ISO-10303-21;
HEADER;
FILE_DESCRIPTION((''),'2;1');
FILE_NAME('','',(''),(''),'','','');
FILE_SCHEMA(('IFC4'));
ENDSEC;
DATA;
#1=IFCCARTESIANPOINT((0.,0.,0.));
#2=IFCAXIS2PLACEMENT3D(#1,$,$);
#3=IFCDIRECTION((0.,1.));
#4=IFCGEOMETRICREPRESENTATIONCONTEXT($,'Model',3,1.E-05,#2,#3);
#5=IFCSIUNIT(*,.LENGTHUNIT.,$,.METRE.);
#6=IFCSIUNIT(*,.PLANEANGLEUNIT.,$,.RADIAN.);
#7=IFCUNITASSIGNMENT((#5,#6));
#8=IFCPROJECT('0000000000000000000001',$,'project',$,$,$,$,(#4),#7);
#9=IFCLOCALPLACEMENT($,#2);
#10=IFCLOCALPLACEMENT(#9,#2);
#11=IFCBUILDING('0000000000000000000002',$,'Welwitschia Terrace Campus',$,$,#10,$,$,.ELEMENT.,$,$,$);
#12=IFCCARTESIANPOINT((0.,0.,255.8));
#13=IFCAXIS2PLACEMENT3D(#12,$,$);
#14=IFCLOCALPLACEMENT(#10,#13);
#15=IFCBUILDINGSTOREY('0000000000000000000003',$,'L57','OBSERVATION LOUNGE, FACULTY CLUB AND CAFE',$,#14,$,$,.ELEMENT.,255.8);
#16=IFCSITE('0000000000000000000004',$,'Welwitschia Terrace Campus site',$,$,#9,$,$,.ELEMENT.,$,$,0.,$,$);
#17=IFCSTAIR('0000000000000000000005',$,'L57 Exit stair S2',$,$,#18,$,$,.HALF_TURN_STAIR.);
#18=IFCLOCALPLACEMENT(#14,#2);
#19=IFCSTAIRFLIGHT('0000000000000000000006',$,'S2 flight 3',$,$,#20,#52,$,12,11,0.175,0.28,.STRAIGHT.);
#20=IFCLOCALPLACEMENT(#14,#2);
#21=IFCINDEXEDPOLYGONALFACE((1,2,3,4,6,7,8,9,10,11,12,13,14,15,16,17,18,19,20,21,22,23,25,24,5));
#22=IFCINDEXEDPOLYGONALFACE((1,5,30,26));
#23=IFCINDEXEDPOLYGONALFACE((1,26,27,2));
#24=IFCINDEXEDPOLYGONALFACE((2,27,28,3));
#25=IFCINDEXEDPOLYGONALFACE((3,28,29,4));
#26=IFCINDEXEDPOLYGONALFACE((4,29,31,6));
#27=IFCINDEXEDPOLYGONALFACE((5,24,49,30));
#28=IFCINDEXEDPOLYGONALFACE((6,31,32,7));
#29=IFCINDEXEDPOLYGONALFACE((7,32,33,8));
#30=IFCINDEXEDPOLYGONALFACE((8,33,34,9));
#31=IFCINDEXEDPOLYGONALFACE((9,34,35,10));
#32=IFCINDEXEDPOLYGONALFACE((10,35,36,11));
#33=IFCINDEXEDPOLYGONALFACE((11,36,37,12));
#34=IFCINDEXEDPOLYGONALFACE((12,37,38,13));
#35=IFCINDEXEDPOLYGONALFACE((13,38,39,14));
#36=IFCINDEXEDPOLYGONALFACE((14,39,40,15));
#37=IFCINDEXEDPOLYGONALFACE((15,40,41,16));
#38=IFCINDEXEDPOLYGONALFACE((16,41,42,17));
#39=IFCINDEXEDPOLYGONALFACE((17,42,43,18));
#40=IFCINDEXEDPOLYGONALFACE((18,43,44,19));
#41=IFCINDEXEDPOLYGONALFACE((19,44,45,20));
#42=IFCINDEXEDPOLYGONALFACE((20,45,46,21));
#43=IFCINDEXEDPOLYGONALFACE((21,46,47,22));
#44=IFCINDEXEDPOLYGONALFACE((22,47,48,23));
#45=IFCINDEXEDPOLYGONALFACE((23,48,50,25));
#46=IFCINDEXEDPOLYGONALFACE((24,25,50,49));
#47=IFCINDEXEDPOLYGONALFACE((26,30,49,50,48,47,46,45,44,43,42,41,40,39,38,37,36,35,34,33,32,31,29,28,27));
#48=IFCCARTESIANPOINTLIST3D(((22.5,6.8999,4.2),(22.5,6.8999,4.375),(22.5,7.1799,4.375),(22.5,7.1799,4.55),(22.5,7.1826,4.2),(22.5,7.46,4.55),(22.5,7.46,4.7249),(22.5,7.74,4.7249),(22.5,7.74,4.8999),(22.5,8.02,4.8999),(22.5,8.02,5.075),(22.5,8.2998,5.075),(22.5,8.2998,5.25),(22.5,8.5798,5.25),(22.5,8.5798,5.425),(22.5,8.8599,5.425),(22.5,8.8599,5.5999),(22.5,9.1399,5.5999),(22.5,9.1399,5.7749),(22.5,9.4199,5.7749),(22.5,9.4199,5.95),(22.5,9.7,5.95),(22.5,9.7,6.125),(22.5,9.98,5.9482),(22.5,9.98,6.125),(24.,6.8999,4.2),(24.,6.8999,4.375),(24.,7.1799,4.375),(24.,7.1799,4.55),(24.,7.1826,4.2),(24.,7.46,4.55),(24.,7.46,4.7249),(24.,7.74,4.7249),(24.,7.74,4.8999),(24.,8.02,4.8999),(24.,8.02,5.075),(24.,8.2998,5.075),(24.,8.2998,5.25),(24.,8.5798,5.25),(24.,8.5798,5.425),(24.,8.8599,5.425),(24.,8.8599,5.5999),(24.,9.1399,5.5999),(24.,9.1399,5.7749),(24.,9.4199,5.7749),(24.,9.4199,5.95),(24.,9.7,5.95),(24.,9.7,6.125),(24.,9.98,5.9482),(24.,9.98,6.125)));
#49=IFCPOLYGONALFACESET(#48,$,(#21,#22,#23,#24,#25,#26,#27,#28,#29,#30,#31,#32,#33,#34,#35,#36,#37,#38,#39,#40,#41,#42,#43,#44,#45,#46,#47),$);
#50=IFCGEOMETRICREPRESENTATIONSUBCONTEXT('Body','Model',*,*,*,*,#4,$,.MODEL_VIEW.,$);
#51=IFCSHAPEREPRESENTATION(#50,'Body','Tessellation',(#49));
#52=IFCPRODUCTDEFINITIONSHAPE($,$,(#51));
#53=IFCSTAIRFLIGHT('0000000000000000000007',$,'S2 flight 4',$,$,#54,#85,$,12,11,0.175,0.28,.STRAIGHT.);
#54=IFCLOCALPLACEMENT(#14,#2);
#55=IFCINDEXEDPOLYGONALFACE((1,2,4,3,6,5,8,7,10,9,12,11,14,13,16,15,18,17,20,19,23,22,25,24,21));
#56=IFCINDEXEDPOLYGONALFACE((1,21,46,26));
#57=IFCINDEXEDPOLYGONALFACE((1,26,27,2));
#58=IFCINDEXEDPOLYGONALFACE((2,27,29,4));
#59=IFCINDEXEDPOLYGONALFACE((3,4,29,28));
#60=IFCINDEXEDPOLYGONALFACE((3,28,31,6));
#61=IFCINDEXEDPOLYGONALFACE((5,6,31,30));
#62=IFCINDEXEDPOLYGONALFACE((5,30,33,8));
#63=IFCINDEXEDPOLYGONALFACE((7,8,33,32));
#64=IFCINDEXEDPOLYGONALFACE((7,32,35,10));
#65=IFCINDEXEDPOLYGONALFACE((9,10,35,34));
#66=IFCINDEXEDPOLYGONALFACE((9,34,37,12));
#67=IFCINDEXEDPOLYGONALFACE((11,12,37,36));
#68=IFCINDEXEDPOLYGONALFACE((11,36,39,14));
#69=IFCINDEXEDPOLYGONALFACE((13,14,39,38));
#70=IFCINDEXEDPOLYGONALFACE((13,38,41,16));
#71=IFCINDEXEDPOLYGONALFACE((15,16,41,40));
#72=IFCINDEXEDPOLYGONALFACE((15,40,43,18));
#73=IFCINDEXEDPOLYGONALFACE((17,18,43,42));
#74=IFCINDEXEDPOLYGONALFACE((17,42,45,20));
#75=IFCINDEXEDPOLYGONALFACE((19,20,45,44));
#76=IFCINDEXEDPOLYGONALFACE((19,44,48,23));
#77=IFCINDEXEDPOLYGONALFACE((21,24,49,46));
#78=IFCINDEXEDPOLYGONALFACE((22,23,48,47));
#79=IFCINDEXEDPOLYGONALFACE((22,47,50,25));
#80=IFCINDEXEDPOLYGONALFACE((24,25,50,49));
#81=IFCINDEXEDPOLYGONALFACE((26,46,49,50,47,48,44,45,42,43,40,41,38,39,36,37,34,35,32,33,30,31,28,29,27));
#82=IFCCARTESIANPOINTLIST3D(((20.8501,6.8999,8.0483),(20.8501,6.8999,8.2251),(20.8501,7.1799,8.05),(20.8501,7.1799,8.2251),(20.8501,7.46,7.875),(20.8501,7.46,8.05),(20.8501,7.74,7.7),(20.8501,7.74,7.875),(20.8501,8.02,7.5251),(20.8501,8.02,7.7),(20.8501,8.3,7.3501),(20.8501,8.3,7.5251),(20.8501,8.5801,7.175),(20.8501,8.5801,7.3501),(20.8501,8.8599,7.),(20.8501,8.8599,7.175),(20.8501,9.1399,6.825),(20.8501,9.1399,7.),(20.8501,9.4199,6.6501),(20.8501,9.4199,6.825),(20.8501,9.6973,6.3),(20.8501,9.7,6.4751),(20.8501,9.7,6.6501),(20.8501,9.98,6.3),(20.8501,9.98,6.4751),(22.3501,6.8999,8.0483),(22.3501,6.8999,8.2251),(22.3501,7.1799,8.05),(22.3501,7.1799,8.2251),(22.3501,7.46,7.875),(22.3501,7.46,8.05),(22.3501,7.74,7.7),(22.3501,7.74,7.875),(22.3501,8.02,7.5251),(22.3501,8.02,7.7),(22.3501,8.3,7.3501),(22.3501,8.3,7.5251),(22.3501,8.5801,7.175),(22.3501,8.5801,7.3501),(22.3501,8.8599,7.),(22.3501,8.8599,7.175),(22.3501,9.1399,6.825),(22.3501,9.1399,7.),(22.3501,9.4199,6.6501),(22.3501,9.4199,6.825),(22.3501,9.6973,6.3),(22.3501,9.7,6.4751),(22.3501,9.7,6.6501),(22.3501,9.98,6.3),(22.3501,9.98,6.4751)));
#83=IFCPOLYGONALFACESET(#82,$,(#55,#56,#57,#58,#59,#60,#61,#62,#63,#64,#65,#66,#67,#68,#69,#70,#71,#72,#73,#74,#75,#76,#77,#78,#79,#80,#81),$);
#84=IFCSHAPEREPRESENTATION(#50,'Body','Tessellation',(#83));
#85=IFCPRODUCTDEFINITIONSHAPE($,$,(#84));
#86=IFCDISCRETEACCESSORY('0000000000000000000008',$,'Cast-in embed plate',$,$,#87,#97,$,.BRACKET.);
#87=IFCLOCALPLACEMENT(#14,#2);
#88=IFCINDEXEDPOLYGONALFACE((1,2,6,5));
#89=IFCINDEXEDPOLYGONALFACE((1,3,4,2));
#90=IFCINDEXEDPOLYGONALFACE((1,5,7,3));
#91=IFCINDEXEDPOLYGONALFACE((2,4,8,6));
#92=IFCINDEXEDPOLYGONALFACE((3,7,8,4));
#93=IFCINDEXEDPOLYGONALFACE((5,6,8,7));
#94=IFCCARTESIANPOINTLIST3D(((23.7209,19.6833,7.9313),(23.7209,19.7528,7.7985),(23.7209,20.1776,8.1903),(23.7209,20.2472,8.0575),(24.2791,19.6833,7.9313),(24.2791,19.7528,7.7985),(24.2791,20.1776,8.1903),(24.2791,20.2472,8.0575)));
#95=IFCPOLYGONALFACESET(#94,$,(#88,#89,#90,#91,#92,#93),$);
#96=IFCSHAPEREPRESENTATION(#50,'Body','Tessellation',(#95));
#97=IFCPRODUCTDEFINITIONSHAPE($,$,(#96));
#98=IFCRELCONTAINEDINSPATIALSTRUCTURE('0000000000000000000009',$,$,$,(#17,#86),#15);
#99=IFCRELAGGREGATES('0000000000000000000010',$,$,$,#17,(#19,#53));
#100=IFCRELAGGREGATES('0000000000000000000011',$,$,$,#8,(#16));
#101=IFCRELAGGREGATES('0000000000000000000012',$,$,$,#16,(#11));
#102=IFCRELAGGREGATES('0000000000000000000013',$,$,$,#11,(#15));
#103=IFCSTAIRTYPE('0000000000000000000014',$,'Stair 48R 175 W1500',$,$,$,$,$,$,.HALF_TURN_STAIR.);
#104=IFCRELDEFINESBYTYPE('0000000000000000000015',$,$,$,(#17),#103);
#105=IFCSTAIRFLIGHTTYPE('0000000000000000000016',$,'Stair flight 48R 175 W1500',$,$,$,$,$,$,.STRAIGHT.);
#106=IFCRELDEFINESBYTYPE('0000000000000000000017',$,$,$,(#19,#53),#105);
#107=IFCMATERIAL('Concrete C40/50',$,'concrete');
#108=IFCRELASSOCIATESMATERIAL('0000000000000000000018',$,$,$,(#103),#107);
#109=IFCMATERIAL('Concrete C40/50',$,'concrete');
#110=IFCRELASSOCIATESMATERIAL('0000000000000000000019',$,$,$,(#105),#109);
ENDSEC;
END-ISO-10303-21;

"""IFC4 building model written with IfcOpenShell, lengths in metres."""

from ifc_helpers import new_model, si_unit, direction, frame, origin, origin_2d, place, context, subcontext, project, spatial, polyline, rectangle, outline, extrude, material, type_object, element, aggregate, save


model = new_model("IFC4")

# Units and contexts
model_context = context("Model", 3, precision=1e-05, world=origin(), true_north=direction((0.0, 1.0)))
body_context = subcontext(model_context, "Body", "Model", "MODEL_VIEW")
ifc_project = project(units=[si_unit("LENGTHUNIT", "METRE"), si_unit("PLANEANGLEUNIT", "RADIAN")], contexts=[model_context])

# Site, building, storey
site_placement = place(None, origin())
site = spatial("IfcSite", under=ifc_project, at=site_placement, Name="Welwitschia Terrace Campus site", CompositionType="ELEMENT", RefElevation=0.0)
building_placement = place(site_placement, origin())
building = spatial("IfcBuilding", under=site, at=building_placement, Name="Welwitschia Terrace Campus", CompositionType="ELEMENT")
storey_placement = place(building_placement, frame((0.0, 0.0, 255.8)))
storey = spatial("IfcBuildingStorey", under=building, at=storey_placement, Name="L57", Description="OBSERVATION LOUNGE, FACULTY CLUB AND CAFE", CompositionType="ELEMENT", Elevation=255.8)

# Stair, stair flights
ifc_material_1 = material(Name="Concrete C40/50", Category="concrete")
stair_type = type_object("IfcStairType", Name="Stair 48R 175 W1500", PredefinedType="HALF_TURN_STAIR", material=ifc_material_1)
stair_placement = place(storey_placement, origin())
stair = element("IfcStair", 1, at=stair_placement, inside=storey, type_object=stair_type, Name="L57 Exit stair S2", PredefinedType="HALF_TURN_STAIR")
ifc_material_2 = material(Name="Concrete C40/50", Category="concrete")
stair_flight_type = type_object("IfcStairFlightType", Name="Stair flight 48R 175 W1500", PredefinedType="STRAIGHT", material=ifc_material_2)
stair_flight_1_placement = place(storey_placement, frame((23.25, 6.8999, 4.2), z_axis=(0.0, 0.0, 1.0), x_axis=(0.0, 1.0, 0.0)))
stair_flight_1 = element("IfcStairFlight", 2, at=stair_flight_1_placement, type_object=stair_flight_type, Name="S2 flight 3", NumberOfRisers=12, NumberOfTreads=11, PredefinedType="STRAIGHT", RiserHeight=0.175, TreadLength=0.28, context=body_context, shape_type="SweptSolid", body=[
    extrude(outline(polyline([(0.0, 0.0), (0.0, 0.175), (0.28, 0.175), (0.28, 0.3501), (0.5601, 0.3501), (0.5601, 0.5249), (0.8401, 0.5249), (0.8401, 0.7), (1.1201, 0.7), (1.1201, 0.875), (1.3999, 0.875), (1.3999, 1.05), (1.6799, 1.05), (1.6799, 1.2251), (1.96, 1.2251), (1.96, 1.3999), (2.24, 1.3999), (2.24, 1.575), (2.52, 1.575), (2.52, 1.75), (2.8, 1.75), (2.8, 1.925), (3.0801, 1.925), (3.0801, 2.1001), (3.0801, 1.7483), (0.2827, 0.0), (0.0, 0.0)])), frame((0.0, 0.75, 0.0), z_axis=(0.0, -1.0, 0.0), x_axis=(1.0, 0.0, 0.0)), (0.0, 0.0, 1.0), 1.5),
])
stair_flight_2_placement = place(storey_placement, frame((21.6001, 9.98, 6.3), z_axis=(0.0, 0.0, 1.0), x_axis=(0.0, -1.0, 0.0)))
stair_flight_2 = element("IfcStairFlight", 3, at=stair_flight_2_placement, type_object=stair_flight_type, Name="S2 flight 4", NumberOfRisers=12, NumberOfTreads=11, PredefinedType="STRAIGHT", RiserHeight=0.175, TreadLength=0.28, context=body_context, shape_type="SweptSolid", body=[
    extrude(outline(polyline([(0.0, 0.0), (0.0, 0.175), (0.28, 0.175), (0.28, 0.3501), (0.5601, 0.3501), (0.5601, 0.5249), (0.8401, 0.5249), (0.8401, 0.7), (1.1201, 0.7), (1.1201, 0.875), (1.3999, 0.875), (1.3999, 1.05), (1.6799, 1.05), (1.6799, 1.2251), (1.96, 1.2251), (1.96, 1.3999), (2.24, 1.3999), (2.24, 1.575), (2.52, 1.575), (2.52, 1.75), (2.8, 1.75), (2.8, 1.925), (3.0801, 1.925), (3.0801, 2.1001), (3.0801, 1.7483), (0.2827, 0.0), (0.0, 0.0)])), frame((0.0, 0.75, 0.0), z_axis=(0.0, -1.0, 0.0), x_axis=(1.0, 0.0, 0.0)), (0.0, 0.0, 1.0), 1.5),
])
aggregate(stair, [stair_flight_1, stair_flight_2])

# Discrete accessory
discrete_accessory_placement = place(storey_placement, frame((24.0, 20.0, 7.928), z_axis=(0.0, -0.464068, 0.8858), x_axis=(1.0, 0.0, 0.0)))
element("IfcDiscreteAccessory", 4, at=discrete_accessory_placement, inside=storey, Name="Cast-in embed plate", PredefinedType="BRACKET", context=body_context, shape_type="SweptSolid", body=[
    extrude(rectangle(XDim=0.5581, YDim=0.5581, at=origin_2d()), origin(), (0.0, 0.0, 1.0), 0.1499),
])

save(model, "model.ifc")
